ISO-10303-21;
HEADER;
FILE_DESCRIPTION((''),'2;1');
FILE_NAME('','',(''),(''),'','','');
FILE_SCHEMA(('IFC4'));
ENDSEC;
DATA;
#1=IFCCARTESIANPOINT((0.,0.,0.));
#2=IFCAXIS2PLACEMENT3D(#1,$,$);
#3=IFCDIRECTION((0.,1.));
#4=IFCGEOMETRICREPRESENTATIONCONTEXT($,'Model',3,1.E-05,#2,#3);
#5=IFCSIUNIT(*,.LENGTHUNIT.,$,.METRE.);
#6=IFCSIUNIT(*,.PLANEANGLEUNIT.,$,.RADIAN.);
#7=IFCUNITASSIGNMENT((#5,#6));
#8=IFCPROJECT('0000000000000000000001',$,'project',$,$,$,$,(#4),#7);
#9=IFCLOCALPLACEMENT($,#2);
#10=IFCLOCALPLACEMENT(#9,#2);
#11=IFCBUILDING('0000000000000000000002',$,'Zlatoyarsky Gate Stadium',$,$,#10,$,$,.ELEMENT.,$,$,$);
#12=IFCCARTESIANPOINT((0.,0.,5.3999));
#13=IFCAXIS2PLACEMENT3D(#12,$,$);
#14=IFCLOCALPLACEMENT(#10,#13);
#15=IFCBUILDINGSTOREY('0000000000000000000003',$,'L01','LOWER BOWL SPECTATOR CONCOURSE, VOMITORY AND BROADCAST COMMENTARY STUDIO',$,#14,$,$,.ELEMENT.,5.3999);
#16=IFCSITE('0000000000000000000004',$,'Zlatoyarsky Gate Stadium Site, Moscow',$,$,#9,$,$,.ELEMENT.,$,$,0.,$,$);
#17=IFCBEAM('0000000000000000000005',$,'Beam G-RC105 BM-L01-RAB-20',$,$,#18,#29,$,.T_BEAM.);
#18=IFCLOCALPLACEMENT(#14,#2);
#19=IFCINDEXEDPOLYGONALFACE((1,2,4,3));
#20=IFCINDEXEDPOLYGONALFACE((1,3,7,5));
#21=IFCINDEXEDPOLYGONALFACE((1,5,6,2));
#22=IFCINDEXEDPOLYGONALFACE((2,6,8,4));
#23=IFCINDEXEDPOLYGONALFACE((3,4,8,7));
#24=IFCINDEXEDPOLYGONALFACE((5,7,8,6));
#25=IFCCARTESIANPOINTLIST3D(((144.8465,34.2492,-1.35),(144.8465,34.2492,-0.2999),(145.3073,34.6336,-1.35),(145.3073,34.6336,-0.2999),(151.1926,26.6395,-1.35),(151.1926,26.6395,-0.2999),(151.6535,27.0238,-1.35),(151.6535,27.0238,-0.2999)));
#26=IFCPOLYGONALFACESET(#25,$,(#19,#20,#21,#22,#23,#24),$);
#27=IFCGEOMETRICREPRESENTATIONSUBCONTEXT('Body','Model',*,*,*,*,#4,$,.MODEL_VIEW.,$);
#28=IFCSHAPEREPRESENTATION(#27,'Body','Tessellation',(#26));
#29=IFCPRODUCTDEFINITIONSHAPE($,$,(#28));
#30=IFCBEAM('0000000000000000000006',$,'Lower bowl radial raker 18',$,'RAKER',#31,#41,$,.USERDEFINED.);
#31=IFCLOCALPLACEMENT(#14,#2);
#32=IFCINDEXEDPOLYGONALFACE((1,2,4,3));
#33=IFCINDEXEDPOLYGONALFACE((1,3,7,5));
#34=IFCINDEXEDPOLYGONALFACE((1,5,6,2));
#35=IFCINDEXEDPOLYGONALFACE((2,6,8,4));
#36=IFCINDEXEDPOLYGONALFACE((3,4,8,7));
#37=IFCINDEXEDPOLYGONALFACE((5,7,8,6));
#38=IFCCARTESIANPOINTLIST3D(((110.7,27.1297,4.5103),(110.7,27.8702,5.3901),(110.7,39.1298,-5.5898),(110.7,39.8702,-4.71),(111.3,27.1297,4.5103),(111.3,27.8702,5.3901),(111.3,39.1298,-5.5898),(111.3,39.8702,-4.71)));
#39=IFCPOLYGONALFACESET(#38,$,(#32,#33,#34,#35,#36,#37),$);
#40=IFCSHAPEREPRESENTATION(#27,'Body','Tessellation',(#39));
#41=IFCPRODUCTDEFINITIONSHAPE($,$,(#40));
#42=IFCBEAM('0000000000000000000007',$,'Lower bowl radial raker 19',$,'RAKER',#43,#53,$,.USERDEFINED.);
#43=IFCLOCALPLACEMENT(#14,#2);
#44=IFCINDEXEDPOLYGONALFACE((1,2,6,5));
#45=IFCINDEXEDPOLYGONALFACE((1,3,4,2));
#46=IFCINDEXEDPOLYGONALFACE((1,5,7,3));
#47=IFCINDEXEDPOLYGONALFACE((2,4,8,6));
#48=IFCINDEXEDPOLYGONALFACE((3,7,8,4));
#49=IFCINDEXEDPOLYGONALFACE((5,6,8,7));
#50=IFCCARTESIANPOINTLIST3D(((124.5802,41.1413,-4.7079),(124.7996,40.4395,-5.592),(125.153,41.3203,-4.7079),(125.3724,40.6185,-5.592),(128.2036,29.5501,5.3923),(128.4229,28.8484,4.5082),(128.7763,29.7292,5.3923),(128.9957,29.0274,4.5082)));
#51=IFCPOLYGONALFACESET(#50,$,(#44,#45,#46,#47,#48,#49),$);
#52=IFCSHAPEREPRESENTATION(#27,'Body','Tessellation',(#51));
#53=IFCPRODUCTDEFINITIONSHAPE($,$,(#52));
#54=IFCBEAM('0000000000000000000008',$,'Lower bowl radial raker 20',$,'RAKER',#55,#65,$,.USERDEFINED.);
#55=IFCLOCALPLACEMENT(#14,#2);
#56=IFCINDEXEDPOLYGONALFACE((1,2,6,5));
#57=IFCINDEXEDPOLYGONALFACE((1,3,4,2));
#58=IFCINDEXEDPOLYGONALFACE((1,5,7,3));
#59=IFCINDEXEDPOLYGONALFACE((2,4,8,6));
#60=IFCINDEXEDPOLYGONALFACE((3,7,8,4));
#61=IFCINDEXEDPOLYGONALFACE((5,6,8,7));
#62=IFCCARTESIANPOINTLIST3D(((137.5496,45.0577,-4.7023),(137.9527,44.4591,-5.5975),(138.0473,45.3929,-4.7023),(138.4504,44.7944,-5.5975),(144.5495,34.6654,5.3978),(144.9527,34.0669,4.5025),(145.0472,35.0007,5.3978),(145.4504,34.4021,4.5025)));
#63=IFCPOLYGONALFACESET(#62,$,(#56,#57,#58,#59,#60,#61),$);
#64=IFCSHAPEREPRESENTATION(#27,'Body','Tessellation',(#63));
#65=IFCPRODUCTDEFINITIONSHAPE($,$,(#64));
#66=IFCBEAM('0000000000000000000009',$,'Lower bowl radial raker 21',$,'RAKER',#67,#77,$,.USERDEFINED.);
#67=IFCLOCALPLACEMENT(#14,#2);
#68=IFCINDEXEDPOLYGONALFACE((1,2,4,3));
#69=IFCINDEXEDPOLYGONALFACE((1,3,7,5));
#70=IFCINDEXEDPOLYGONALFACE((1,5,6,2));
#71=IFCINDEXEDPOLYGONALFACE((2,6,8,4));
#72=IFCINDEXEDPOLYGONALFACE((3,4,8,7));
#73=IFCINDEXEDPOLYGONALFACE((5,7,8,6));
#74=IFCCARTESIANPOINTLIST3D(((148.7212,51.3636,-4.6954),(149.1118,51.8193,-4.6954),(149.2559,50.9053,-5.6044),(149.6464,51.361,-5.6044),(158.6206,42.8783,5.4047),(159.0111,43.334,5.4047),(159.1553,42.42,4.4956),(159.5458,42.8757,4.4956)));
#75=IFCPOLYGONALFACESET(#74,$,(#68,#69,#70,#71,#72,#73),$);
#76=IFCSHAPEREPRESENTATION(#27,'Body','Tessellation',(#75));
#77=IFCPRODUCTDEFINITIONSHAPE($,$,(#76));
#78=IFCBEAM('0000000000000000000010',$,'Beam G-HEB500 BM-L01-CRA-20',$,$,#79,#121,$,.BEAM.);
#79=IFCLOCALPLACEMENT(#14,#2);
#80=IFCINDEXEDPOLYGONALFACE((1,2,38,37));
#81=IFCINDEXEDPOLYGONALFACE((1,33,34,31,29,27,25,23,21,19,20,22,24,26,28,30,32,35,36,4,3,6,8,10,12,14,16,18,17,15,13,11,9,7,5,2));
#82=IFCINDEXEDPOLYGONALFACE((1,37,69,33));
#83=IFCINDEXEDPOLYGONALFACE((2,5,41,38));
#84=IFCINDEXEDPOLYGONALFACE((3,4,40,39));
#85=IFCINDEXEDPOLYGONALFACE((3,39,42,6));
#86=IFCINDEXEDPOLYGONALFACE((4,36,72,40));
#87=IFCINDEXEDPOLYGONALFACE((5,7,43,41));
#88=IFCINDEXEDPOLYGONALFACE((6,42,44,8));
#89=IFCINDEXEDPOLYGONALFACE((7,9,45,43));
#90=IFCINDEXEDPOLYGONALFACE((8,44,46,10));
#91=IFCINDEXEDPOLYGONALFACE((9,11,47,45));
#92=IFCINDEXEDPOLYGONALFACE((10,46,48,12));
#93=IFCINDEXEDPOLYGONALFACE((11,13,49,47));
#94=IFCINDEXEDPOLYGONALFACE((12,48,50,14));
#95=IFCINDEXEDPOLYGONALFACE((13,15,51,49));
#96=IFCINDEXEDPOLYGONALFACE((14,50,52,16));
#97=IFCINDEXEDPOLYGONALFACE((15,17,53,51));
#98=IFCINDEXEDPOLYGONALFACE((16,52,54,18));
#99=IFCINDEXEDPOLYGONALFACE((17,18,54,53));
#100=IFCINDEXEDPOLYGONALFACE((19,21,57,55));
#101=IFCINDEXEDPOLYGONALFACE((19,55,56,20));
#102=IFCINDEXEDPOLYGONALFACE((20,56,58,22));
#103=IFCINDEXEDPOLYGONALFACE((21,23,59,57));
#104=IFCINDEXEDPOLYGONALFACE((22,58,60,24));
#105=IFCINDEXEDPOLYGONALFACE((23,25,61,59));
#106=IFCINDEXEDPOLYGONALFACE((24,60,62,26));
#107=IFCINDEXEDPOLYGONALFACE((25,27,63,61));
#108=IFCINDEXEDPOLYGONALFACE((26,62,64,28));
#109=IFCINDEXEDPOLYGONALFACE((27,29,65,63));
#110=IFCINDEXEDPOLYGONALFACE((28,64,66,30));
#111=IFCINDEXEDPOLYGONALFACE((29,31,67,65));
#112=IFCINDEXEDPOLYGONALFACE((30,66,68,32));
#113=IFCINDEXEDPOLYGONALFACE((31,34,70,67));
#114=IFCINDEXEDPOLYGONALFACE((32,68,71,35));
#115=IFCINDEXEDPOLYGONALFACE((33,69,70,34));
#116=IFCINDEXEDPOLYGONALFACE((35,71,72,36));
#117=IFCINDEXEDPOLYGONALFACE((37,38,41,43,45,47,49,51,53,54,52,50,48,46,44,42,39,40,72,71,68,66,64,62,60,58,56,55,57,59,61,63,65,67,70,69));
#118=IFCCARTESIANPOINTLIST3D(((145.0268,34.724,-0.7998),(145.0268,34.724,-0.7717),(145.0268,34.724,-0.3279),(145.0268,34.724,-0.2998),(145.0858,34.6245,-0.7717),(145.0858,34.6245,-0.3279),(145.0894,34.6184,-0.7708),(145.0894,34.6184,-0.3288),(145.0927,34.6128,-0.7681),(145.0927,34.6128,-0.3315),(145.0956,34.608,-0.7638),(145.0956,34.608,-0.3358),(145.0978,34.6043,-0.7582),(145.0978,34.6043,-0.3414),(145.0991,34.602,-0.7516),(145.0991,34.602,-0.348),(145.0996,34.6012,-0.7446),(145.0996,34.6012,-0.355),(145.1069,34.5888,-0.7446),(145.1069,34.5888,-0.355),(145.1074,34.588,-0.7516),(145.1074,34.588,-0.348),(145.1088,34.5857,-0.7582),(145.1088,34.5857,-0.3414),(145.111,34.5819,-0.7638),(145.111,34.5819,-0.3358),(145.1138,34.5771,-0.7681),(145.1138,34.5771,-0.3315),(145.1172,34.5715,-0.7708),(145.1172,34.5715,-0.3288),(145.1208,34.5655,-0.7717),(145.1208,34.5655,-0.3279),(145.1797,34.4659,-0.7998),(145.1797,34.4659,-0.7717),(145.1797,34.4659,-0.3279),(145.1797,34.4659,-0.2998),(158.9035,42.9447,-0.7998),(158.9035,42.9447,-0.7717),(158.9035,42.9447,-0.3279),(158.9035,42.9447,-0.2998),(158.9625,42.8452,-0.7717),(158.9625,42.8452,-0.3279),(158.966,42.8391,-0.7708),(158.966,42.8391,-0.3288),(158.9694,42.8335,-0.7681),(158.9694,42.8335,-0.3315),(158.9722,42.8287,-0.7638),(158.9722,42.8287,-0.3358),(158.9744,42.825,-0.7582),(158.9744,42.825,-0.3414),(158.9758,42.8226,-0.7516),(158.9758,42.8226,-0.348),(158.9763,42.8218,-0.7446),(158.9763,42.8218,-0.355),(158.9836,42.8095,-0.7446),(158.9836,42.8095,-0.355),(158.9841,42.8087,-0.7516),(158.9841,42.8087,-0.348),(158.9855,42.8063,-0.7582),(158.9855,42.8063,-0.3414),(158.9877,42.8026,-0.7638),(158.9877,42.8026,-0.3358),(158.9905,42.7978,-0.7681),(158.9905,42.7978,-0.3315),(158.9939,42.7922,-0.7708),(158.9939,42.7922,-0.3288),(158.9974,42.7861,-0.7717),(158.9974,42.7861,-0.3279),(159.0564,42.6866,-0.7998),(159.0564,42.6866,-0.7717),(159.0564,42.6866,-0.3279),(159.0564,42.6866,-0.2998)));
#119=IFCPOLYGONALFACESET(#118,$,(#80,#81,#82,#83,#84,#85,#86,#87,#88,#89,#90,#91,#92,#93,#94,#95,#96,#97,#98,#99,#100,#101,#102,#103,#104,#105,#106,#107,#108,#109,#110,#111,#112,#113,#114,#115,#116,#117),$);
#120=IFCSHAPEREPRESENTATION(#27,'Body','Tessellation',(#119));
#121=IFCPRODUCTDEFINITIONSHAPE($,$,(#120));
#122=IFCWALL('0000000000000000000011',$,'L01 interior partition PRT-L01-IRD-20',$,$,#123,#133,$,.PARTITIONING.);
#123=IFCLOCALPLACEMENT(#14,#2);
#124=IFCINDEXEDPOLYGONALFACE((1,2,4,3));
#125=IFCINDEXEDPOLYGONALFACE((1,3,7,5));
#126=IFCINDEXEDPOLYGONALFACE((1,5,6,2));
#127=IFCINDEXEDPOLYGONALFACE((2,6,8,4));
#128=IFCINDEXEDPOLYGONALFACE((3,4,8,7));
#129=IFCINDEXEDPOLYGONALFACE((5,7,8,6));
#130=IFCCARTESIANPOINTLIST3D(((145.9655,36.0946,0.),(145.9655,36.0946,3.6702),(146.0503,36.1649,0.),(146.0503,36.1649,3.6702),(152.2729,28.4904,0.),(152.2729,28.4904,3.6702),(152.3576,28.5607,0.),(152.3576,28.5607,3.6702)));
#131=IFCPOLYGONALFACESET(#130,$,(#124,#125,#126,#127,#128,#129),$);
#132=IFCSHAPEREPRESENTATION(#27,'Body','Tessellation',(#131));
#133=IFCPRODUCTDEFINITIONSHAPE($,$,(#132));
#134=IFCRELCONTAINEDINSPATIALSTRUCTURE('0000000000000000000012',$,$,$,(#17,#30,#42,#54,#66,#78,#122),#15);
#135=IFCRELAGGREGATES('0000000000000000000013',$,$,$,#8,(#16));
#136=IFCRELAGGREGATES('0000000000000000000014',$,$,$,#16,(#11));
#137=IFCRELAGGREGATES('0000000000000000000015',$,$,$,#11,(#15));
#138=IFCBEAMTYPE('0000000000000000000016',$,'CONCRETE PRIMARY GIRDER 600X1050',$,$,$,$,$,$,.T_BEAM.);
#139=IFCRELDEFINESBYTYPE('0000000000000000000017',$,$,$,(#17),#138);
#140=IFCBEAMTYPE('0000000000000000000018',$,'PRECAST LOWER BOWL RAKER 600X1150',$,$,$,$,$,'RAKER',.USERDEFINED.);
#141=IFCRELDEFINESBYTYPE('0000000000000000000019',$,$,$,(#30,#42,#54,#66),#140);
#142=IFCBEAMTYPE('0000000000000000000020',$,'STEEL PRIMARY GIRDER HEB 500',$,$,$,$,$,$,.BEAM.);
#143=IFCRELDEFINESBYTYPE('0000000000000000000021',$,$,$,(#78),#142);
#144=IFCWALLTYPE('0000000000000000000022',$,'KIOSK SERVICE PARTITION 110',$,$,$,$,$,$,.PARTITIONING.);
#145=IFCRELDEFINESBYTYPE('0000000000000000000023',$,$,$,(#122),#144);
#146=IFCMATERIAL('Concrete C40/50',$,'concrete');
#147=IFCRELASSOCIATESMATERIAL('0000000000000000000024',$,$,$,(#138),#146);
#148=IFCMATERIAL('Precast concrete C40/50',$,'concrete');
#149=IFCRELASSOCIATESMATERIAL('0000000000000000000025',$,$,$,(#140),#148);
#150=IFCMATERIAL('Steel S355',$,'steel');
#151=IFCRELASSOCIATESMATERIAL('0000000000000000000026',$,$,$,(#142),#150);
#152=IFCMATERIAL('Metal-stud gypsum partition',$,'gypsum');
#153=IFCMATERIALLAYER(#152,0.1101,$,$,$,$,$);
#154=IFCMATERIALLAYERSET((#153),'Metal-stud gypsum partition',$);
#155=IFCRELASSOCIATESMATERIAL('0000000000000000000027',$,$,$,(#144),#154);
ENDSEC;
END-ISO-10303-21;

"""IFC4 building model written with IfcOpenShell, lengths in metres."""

from ifc_helpers import new_model, si_unit, direction, frame, frame_2d, origin, origin_2d, place, context, subcontext, project, spatial, rectangle, i_section, extrude, material, layer, layer_set, material_profile, profile_set, type_object, element, save


model = new_model("IFC4")

# Units and contexts
model_context = context("Model", 3, precision=1e-05, world=origin(), true_north=direction((0.0, 1.0)))
body_context = subcontext(model_context, "Body", "Model", "MODEL_VIEW")
ifc_project = project(units=[si_unit("LENGTHUNIT", "METRE"), si_unit("PLANEANGLEUNIT", "RADIAN")], contexts=[model_context])

# Site, building, storey
site_placement = place(None, origin())
site = spatial("IfcSite", under=ifc_project, at=site_placement, Name="Zlatoyarsky Gate Stadium Site, Moscow", CompositionType="ELEMENT", RefElevation=0.0)
building_placement = place(site_placement, origin())
building = spatial("IfcBuilding", under=site, at=building_placement, Name="Zlatoyarsky Gate Stadium", CompositionType="ELEMENT")
storey_placement = place(building_placement, frame((0.0, 0.0, 5.3999)))
storey = spatial("IfcBuildingStorey", under=building, at=storey_placement, Name="L01", Description="LOWER BOWL SPECTATOR CONCOURSE, VOMITORY AND BROADCAST COMMENTARY STUDIO", CompositionType="ELEMENT", Elevation=5.3999)

# Shared definitions
ifc_material_1 = material(Name="Concrete C40/50", Category="concrete")

# Beams
ifc_material_profile_1 = material_profile(ifc_material_1, rectangle(XDim=0.6001, YDim=1.05, at=origin_2d()), Name="RC GIRDER 600X1050")
ifc_profile_set_1 = profile_set([ifc_material_profile_1], Name="Concrete C40/50")
beam_type_1 = type_object("IfcBeamType", Name="CONCRETE PRIMARY GIRDER 600X1050", PredefinedType="T_BEAM", material=ifc_profile_set_1)
beam_1_placement = place(storey_placement, frame((145.0769, 34.4414, -0.825), z_axis=(0.640461, -0.767991, 0.0), x_axis=(0.767991, 0.640461, 0.0)))
element("IfcBeam", 1, at=beam_1_placement, inside=storey, type_object=beam_type_1, Name="Beam G-RC105 BM-L01-RAB-20", PredefinedType="T_BEAM", context=body_context, shape_type="SweptSolid", body=[
    extrude(rectangle(XDim=0.6001, YDim=1.05, at=origin_2d()), origin(), (0.0, 0.0, 1.0), 9.9087),
])
ifc_material_2 = material(Name="Precast concrete C40/50", Category="concrete")
ifc_material_profile_2 = material_profile(ifc_material_2, rectangle(XDim=0.6001, YDim=1.1499, at=origin_2d()), Name="PC RAKER 600X1150")
ifc_profile_set_2 = profile_set([ifc_material_profile_2], Name="Precast concrete C40/50")
beam_type_2 = type_object("IfcBeamType", Name="PRECAST LOWER BOWL RAKER 600X1150", ElementType="RAKER", PredefinedType="USERDEFINED", material=ifc_profile_set_2)
beam_2_placement = place(storey_placement, frame((111.0, 39.5, -5.1499), z_axis=(0.0, -0.765073, 0.643943), x_axis=(1.0, 0.0, 0.0)))
element("IfcBeam", 2, at=beam_2_placement, inside=storey, type_object=beam_type_2, Name="Lower bowl radial raker 18", ObjectType="RAKER", PredefinedType="USERDEFINED", context=body_context, shape_type="SweptSolid", body=[
    extrude(rectangle(XDim=0.6001, YDim=1.1499, at=origin_2d()), origin(), (0.0, 0.0, 1.0), 15.6848),
])
beam_3_placement = place(storey_placement, frame((124.9763, 40.8799, -5.1499), z_axis=(0.22939, -0.733828, 0.639435), x_axis=(0.954455, 0.298356, 0.0)))
element("IfcBeam", 3, at=beam_3_placement, inside=storey, type_object=beam_type_2, Name="Lower bowl radial raker 19", ObjectType="RAKER", PredefinedType="USERDEFINED", context=body_context, shape_type="SweptSolid", body=[
    extrude(rectangle(XDim=0.6001, YDim=1.1499, at=origin_2d()), origin(), (0.0, 0.0, 1.0), 15.7954),
])
beam_4_placement = place(storey_placement, frame((138.0, 44.926, -5.1499), z_axis=(0.434948, -0.645733, 0.627574), x_axis=(0.829397, 0.55866, 0.0)))
element("IfcBeam", 4, at=beam_4_placement, inside=storey, type_object=beam_type_2, Name="Lower bowl radial raker 20", ObjectType="RAKER", PredefinedType="USERDEFINED", context=body_context, shape_type="SweptSolid", body=[
    extrude(rectangle(XDim=0.6001, YDim=1.1499, at=origin_2d()), origin(), (0.0, 0.0, 1.0), 16.0938),
])
beam_5_placement = place(storey_placement, frame((149.1838, 51.3623, -5.1499), z_axis=(0.600227, -0.514489, 0.612395), x_axis=(0.650798, 0.759251, 0.0)))
element("IfcBeam", 5, at=beam_5_placement, inside=storey, type_object=beam_type_2, Name="Lower bowl radial raker 21", ObjectType="RAKER", PredefinedType="USERDEFINED", context=body_context, shape_type="SweptSolid", body=[
    extrude(rectangle(XDim=0.6001, YDim=1.1499, at=origin_2d()), origin(), (0.0, 0.0, 1.0), 16.4927),
])
ifc_material_3 = material(Name="Steel S355", Category="steel")
ifc_material_profile_3 = material_profile(ifc_material_3, i_section(OverallWidth=0.3, OverallDepth=0.5, WebThickness=0.0144, FlangeThickness=0.0281, FilletRadius=0.0271, at=origin_2d()), Name="HEB 500")
ifc_profile_set_3 = profile_set([ifc_material_profile_3], Name="Steel S355")
beam_type_3 = type_object("IfcBeamType", Name="STEEL PRIMARY GIRDER HEB 500", PredefinedType="BEAM", material=ifc_profile_set_3)
beam_6_placement = place(storey_placement, frame((145.1033, 34.595, -0.5498), z_axis=(0.86036, 0.509686, 0.0), x_axis=(-0.509686, 0.86036, 0.0)))
element("IfcBeam", 6, at=beam_6_placement, inside=storey, type_object=beam_type_3, Name="Beam G-HEB500 BM-L01-CRA-20", PredefinedType="BEAM", context=body_context, shape_type="SweptSolid", body=[
    extrude(i_section(OverallWidth=0.3, OverallDepth=0.5, WebThickness=0.0144, FlangeThickness=0.0281, FilletRadius=0.0271, at=origin_2d()), origin(), (0.0, 0.0, 1.0), 16.1289),
])

# Wall
ifc_material_4 = material(Name="Metal-stud gypsum partition", Category="gypsum")
ifc_layer = layer(ifc_material_4, 0.1101)
ifc_layer_set = layer_set([ifc_layer], Name="Metal-stud gypsum partition")
wall_type = type_object("IfcWallType", Name="KIOSK SERVICE PARTITION 110", PredefinedType="PARTITIONING", material=ifc_layer_set)
wall_placement = place(storey_placement, frame((146.0078, 36.1299, 0.0), z_axis=(0.0, 0.0, 1.0), x_axis=(0.638421, -0.769688, 0.0)))
element("IfcWall", 7, at=wall_placement, inside=storey, type_object=wall_type, Name="L01 interior partition PRT-L01-IRD-20", PredefinedType="PARTITIONING", context=body_context, shape_type="SweptSolid", body=[
    extrude(rectangle(XDim=9.8796, YDim=0.1101, at=frame_2d((4.9399, 0.0))), origin(), (0.0, 0.0, 1.0), 3.6702),
])

save(model, "model.ifc")
